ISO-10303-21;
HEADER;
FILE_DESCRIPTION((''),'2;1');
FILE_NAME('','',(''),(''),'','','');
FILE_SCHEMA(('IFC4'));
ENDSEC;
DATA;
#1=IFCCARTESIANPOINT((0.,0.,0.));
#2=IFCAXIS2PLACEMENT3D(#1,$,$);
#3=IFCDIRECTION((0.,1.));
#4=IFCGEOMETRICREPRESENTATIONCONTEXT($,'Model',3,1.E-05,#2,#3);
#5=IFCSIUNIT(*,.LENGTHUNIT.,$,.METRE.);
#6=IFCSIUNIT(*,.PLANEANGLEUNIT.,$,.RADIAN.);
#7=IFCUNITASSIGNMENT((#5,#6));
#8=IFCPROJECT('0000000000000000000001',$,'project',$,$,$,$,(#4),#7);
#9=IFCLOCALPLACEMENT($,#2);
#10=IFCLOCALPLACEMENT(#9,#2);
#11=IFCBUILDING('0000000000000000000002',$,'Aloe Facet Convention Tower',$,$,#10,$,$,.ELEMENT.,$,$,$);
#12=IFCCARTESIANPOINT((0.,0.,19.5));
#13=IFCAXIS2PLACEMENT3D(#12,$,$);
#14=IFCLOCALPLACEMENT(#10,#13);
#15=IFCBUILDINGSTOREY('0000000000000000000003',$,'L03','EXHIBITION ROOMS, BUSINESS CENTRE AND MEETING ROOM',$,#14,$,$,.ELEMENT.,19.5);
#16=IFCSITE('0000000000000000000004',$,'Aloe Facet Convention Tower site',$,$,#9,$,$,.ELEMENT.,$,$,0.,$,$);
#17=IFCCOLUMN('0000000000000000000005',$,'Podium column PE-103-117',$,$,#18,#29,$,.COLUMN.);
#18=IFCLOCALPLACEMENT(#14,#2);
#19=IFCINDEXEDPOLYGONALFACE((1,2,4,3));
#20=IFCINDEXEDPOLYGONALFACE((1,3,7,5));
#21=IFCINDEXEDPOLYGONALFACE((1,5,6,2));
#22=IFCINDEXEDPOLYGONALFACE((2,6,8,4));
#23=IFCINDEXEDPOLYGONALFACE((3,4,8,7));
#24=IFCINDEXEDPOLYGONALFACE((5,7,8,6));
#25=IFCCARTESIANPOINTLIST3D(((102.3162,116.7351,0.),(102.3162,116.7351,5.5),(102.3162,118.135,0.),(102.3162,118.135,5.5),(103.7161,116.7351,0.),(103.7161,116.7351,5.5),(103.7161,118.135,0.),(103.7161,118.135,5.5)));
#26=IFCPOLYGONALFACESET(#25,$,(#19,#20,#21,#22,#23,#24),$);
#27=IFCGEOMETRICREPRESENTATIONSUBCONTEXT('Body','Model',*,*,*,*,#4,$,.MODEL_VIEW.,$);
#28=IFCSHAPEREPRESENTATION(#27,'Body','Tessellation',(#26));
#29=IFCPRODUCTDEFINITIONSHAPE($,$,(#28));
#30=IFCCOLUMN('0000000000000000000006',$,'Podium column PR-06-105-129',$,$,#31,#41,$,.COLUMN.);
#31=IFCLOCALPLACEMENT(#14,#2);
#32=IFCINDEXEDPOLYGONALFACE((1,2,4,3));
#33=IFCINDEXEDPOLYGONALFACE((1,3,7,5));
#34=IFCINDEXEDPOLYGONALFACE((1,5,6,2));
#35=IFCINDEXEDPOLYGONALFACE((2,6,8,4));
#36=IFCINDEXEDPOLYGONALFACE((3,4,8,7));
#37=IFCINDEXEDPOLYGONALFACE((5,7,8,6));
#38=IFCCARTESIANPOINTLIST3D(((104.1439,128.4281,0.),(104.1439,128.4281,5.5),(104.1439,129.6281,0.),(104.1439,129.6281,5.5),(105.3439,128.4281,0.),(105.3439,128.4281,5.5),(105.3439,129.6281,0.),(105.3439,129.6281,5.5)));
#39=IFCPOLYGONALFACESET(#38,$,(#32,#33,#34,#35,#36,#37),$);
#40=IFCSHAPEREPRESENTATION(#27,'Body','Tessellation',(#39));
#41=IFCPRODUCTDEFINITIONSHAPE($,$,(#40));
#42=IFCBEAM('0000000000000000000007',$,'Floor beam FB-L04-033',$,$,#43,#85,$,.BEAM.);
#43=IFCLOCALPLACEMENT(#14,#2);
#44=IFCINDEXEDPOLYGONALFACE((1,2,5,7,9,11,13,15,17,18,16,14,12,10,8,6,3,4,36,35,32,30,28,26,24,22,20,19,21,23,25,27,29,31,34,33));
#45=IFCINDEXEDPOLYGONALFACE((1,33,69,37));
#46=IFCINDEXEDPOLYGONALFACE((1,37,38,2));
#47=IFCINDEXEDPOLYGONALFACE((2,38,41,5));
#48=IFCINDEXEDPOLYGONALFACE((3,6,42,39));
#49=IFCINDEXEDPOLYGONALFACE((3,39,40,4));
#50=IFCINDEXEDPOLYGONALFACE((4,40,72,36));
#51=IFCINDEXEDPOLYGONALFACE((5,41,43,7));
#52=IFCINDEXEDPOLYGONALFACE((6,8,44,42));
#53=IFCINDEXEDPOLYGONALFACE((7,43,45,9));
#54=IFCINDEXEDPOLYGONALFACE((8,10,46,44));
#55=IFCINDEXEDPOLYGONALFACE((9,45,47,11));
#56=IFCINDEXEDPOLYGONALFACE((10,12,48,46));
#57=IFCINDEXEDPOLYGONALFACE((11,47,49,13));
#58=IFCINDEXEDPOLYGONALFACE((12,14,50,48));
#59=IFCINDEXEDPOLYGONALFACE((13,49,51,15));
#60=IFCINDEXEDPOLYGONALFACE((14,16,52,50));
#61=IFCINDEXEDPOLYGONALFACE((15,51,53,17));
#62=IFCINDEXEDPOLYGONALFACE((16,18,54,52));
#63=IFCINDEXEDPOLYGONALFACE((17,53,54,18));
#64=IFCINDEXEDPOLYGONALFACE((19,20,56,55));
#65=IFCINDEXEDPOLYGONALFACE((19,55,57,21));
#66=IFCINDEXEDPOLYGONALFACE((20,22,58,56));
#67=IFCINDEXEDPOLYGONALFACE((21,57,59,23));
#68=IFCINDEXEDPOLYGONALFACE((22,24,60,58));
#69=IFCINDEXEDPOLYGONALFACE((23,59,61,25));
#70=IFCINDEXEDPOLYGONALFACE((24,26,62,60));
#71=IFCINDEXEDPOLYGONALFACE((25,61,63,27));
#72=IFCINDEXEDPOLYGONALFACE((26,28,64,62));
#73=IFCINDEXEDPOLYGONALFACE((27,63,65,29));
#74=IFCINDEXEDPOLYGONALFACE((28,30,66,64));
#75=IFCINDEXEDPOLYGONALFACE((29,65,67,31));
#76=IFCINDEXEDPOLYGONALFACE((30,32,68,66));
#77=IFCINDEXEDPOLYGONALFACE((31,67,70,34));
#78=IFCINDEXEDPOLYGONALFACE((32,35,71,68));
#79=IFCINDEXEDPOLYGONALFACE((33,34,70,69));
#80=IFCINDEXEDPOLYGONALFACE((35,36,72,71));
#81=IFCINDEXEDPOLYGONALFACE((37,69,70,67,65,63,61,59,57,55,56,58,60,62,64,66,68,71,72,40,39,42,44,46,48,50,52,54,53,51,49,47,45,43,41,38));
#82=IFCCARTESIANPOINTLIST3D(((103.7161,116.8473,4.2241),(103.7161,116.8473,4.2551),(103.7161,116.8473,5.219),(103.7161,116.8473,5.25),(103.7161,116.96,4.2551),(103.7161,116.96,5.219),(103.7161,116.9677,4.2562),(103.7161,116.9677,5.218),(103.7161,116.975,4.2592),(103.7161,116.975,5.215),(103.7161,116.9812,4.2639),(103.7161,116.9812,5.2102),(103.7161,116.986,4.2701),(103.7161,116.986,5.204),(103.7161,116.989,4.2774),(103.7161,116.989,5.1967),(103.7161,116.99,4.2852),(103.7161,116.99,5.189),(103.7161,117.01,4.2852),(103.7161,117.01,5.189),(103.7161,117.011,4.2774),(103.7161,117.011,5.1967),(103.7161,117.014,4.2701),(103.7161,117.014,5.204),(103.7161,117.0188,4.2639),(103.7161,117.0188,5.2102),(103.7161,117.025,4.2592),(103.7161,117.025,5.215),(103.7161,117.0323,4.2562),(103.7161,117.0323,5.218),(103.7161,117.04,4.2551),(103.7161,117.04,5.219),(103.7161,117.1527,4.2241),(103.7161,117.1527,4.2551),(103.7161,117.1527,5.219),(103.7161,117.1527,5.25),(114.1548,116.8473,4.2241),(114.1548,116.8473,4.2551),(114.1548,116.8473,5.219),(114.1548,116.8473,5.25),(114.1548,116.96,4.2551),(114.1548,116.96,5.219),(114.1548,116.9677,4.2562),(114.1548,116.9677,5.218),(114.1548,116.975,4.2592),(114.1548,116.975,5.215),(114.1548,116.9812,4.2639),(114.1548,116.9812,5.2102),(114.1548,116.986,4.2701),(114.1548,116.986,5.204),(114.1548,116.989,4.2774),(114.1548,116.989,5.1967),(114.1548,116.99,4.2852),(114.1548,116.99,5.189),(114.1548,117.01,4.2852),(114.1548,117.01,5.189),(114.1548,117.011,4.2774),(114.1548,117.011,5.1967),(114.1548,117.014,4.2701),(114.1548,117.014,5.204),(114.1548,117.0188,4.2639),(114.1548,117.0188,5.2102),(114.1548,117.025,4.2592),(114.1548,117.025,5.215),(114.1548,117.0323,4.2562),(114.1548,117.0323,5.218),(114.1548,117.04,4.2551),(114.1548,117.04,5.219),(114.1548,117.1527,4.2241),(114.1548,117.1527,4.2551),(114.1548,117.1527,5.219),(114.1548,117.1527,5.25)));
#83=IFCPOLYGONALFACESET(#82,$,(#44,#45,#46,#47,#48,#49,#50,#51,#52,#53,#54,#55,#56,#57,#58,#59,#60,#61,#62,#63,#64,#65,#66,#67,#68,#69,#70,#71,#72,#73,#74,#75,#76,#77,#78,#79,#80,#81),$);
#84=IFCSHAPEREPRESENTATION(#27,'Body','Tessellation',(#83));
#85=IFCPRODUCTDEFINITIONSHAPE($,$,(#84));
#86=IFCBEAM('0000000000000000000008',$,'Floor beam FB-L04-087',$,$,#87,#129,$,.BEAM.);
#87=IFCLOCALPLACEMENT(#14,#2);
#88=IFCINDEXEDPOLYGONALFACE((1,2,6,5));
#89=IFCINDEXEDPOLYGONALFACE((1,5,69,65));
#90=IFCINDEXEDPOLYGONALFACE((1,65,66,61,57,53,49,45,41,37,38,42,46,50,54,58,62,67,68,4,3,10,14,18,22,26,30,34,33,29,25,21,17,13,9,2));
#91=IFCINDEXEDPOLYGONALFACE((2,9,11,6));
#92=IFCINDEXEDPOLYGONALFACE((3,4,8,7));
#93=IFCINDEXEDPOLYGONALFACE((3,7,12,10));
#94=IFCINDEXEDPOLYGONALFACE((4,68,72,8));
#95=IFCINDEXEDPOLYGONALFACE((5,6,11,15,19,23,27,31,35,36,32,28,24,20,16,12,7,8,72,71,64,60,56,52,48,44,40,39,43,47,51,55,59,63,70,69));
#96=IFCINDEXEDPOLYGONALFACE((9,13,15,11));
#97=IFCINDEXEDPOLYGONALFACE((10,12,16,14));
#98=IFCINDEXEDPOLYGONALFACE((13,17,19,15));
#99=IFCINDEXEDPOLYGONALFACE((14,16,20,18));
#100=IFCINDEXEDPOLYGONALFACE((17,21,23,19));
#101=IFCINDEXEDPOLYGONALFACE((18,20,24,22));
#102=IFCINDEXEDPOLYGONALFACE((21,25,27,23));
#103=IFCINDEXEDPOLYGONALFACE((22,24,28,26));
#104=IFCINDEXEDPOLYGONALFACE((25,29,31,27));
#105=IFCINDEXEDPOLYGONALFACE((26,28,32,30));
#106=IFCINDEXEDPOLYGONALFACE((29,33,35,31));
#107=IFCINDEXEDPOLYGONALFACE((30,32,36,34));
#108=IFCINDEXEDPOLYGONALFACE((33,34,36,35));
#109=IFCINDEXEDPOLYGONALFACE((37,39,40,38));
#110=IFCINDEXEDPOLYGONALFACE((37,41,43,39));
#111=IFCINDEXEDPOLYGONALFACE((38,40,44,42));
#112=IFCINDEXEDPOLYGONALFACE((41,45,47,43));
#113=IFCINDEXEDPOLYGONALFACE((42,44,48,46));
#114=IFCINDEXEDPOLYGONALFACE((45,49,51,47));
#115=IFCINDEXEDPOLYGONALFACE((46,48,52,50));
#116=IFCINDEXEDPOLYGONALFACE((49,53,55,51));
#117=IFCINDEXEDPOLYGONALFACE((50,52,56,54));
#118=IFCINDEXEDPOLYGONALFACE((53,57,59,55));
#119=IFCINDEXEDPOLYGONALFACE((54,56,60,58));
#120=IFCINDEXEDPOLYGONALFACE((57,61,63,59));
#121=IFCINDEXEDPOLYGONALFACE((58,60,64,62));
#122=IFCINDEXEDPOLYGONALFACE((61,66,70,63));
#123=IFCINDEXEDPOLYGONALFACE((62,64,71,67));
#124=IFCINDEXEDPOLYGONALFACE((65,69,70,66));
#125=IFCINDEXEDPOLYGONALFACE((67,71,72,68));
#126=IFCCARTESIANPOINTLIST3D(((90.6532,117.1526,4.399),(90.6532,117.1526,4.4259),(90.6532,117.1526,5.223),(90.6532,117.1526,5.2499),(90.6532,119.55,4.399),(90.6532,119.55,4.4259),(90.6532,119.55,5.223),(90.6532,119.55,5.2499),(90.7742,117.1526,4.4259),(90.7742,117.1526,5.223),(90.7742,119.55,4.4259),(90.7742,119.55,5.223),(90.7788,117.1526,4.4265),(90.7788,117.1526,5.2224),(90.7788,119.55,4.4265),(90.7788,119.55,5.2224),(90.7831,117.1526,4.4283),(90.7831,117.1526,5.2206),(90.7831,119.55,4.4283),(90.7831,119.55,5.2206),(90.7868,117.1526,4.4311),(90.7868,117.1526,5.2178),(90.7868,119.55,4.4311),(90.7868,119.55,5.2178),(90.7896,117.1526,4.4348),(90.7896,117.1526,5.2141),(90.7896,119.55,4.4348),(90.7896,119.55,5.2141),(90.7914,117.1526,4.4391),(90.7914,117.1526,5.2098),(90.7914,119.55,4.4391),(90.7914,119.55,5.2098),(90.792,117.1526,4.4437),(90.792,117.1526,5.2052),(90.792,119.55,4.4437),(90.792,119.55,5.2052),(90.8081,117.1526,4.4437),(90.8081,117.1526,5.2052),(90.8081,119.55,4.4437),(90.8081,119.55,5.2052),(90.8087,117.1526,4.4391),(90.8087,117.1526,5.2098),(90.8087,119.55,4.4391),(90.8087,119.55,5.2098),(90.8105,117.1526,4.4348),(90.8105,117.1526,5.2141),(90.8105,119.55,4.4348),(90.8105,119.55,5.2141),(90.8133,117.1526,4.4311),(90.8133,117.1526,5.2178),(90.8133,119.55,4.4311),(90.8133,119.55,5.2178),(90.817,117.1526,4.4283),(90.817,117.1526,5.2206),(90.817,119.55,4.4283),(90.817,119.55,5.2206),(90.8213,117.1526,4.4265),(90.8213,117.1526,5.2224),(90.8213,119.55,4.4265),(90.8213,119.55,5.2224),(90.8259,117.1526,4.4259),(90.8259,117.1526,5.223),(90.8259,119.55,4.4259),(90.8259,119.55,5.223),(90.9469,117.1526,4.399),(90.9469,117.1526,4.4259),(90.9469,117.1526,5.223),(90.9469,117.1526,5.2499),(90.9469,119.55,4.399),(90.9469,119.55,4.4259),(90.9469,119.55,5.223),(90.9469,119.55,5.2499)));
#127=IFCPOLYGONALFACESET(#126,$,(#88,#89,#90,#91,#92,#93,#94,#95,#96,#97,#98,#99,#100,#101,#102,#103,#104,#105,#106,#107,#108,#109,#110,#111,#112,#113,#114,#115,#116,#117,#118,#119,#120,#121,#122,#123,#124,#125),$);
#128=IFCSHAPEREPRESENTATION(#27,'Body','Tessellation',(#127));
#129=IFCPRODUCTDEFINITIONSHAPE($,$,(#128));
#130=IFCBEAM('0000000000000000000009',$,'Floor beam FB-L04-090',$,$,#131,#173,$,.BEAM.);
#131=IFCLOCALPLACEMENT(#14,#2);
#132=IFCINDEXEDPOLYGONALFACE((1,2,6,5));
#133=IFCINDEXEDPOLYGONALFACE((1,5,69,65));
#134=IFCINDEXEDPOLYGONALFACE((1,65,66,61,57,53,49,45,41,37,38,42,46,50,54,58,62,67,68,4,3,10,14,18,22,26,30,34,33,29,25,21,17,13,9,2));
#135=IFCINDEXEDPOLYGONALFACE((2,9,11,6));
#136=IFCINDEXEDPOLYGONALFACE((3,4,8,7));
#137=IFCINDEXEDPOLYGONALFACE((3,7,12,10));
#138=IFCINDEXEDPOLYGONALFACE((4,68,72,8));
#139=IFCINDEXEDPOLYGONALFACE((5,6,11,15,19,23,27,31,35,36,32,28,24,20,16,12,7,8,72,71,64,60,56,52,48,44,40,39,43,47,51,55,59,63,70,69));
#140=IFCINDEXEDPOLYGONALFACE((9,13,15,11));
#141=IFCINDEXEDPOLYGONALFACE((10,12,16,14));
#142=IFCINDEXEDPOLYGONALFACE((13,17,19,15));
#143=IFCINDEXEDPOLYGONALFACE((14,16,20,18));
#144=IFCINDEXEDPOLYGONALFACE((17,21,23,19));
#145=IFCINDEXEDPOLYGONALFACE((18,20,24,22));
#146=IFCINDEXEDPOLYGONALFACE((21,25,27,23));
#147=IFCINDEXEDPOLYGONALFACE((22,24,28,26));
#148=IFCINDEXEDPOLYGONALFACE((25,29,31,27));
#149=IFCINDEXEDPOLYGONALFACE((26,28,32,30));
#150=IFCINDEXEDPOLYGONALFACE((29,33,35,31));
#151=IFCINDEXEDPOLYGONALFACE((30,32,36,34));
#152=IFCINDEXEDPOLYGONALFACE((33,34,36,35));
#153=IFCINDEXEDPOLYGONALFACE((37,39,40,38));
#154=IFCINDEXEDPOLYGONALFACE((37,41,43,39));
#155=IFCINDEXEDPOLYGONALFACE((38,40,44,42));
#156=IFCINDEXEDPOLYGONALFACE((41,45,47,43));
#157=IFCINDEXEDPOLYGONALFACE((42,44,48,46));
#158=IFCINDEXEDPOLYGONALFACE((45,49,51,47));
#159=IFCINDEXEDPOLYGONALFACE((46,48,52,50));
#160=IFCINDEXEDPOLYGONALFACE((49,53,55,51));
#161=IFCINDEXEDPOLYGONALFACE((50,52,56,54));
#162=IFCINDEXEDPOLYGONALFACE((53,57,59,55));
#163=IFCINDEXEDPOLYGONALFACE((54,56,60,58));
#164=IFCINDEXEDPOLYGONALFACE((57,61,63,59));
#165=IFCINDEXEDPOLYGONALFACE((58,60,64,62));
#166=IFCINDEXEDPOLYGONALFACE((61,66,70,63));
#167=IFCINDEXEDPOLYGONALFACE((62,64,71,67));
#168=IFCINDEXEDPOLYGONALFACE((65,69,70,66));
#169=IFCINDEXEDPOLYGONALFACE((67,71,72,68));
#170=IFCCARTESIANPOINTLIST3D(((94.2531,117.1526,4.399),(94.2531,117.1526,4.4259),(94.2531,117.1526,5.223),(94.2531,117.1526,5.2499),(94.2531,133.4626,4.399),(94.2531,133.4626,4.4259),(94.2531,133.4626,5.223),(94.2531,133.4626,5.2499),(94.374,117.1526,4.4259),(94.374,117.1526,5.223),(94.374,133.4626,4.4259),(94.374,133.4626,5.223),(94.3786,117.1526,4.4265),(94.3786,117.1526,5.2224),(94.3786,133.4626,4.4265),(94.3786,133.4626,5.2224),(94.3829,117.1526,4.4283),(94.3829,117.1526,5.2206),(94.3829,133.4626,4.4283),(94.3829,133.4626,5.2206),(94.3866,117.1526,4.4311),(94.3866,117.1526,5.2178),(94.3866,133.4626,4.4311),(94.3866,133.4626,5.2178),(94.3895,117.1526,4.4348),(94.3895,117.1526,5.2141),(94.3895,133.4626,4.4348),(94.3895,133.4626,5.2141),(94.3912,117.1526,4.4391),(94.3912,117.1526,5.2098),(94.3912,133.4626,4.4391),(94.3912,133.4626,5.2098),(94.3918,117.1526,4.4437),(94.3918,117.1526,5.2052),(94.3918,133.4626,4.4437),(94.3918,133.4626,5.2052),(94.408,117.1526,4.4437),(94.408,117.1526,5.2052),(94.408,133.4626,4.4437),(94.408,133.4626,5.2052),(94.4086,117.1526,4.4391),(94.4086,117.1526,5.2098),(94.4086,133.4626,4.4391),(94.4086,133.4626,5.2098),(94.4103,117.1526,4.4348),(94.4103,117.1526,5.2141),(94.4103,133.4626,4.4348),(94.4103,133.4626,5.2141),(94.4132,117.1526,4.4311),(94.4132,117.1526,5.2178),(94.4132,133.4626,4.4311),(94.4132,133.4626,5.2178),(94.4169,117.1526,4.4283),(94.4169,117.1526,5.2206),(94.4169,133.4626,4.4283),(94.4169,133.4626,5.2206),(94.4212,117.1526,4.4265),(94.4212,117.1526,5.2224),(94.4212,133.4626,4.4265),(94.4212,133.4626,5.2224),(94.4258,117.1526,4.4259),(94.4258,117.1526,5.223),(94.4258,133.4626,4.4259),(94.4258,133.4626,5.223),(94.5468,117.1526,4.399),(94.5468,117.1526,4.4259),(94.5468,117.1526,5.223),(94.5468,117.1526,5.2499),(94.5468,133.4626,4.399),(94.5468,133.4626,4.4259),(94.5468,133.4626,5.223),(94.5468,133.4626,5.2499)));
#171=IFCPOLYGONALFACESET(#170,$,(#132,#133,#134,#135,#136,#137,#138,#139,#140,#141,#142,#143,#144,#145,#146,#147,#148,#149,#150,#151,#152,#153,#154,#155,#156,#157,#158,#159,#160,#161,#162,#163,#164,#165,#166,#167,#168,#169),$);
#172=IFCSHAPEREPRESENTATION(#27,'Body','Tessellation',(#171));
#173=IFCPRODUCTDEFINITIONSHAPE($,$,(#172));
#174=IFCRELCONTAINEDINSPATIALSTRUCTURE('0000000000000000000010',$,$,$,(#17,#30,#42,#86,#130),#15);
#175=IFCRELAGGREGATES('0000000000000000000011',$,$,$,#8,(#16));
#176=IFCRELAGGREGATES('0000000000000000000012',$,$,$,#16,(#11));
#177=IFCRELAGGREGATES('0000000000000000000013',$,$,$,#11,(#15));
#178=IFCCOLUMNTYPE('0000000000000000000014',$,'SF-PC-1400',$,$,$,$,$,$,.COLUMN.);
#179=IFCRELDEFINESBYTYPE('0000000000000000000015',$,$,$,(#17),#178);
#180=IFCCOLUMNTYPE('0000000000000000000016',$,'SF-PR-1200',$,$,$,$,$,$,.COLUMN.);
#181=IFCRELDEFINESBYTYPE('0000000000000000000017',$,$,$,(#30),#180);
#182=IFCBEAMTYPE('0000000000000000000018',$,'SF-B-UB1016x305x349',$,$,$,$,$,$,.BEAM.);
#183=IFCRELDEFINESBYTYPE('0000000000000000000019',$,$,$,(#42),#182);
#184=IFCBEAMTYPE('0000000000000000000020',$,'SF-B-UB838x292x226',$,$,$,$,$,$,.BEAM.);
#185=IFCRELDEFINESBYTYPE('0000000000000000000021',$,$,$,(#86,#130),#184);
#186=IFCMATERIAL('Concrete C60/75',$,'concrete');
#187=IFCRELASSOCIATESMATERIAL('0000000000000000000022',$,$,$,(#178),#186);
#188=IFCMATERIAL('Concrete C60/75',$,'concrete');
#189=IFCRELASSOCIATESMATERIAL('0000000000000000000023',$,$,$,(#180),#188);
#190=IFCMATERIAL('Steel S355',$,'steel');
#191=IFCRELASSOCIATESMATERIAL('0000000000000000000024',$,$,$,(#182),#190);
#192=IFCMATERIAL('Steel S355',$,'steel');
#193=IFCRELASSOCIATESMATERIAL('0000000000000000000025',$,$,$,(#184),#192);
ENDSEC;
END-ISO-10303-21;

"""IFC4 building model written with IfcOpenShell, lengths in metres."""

from ifc_helpers import new_model, si_unit, direction, frame, origin, origin_2d, place, context, subcontext, project, spatial, rectangle, i_section, extrude, material, material_profile, profile_set, type_object, element, save


model = new_model("IFC4")

# Units and contexts
model_context = context("Model", 3, precision=1e-05, world=origin(), true_north=direction((0.0, 1.0)))
body_context = subcontext(model_context, "Body", "Model", "MODEL_VIEW")
ifc_project = project(units=[si_unit("LENGTHUNIT", "METRE"), si_unit("PLANEANGLEUNIT", "RADIAN")], contexts=[model_context])

# Site, building, storey
site_placement = place(None, origin())
site = spatial("IfcSite", under=ifc_project, at=site_placement, Name="Aloe Facet Convention Tower site", CompositionType="ELEMENT", RefElevation=0.0)
building_placement = place(site_placement, origin())
building = spatial("IfcBuilding", under=site, at=building_placement, Name="Aloe Facet Convention Tower", CompositionType="ELEMENT")
storey_placement = place(building_placement, frame((0.0, 0.0, 19.5)))
storey = spatial("IfcBuildingStorey", under=building, at=storey_placement, Name="L03", Description="EXHIBITION ROOMS, BUSINESS CENTRE AND MEETING ROOM", CompositionType="ELEMENT", Elevation=19.5)

# Columns
ifc_material_1 = material(Name="Concrete C60/75", Category="concrete")
ifc_material_profile_1 = material_profile(ifc_material_1, rectangle(XDim=1.3999, YDim=1.3999, at=origin_2d()), Name="SF-PC-1400")
ifc_profile_set_1 = profile_set([ifc_material_profile_1], Name="Concrete C60/75")
column_type_1 = type_object("IfcColumnType", Name="SF-PC-1400", PredefinedType="COLUMN", material=ifc_profile_set_1)
column_1_placement = place(storey_placement, frame((103.0161, 117.4351, 0.0), z_axis=(0.0, 0.0, 1.0), x_axis=(1.0, 0.0, 0.0)))
element("IfcColumn", 1, at=column_1_placement, inside=storey, type_object=column_type_1, Name="Podium column PE-103-117", PredefinedType="COLUMN", context=body_context, shape_type="SweptSolid", body=[
    extrude(rectangle(XDim=1.3999, YDim=1.3999, at=origin_2d()), origin(), (0.0, 0.0, 1.0), 5.5),
])
ifc_material_2 = material(Name="Concrete C60/75", Category="concrete")
ifc_material_profile_2 = material_profile(ifc_material_2, rectangle(XDim=1.2, YDim=1.2, at=origin_2d()), Name="SF-PR-1200")
ifc_profile_set_2 = profile_set([ifc_material_profile_2], Name="Concrete C60/75")
column_type_2 = type_object("IfcColumnType", Name="SF-PR-1200", PredefinedType="COLUMN", material=ifc_profile_set_2)
column_2_placement = place(storey_placement, frame((104.7439, 129.0281, 0.0), z_axis=(0.0, 0.0, 1.0), x_axis=(1.0, 0.0, 0.0)))
element("IfcColumn", 2, at=column_2_placement, inside=storey, type_object=column_type_2, Name="Podium column PR-06-105-129", PredefinedType="COLUMN", context=body_context, shape_type="SweptSolid", body=[
    extrude(rectangle(XDim=1.2, YDim=1.2, at=origin_2d()), origin(), (0.0, 0.0, 1.0), 5.5),
])

# Beams
ifc_material_3 = material(Name="Steel S355", Category="steel")
ifc_material_profile_3 = material_profile(ifc_material_3, i_section(OverallWidth=0.3054, OverallDepth=1.0259, WebThickness=0.02, FlangeThickness=0.031, FilletRadius=0.03, at=origin_2d()), Name="UB 1016x305x349")
ifc_profile_set_3 = profile_set([ifc_material_profile_3], Name="Steel S355")
beam_type_1 = type_object("IfcBeamType", Name="SF-B-UB1016x305x349", PredefinedType="BEAM", material=ifc_profile_set_3)
beam_1_placement = place(storey_placement, frame((103.7161, 117.0, 4.7371), z_axis=(1.0, 0.0, 0.0), x_axis=(0.0, 1.0, 0.0)))
element("IfcBeam", 3, at=beam_1_placement, inside=storey, type_object=beam_type_1, Name="Floor beam FB-L04-033", PredefinedType="BEAM", context=body_context, shape_type="SweptSolid", body=[
    extrude(i_section(OverallWidth=0.3054, OverallDepth=1.0259, WebThickness=0.02, FlangeThickness=0.031, FilletRadius=0.03, at=origin_2d()), origin(), (0.0, 0.0, 1.0), 10.4387),
])
ifc_material_4 = material(Name="Steel S355", Category="steel")
ifc_material_profile_4 = material_profile(ifc_material_4, i_section(OverallWidth=0.2937, OverallDepth=0.8508, WebThickness=0.0161, FlangeThickness=0.0269, FilletRadius=0.0178, at=origin_2d()), Name="UB 838x292x226")
ifc_profile_set_4 = profile_set([ifc_material_profile_4], Name="Steel S355")
beam_type_2 = type_object("IfcBeamType", Name="SF-B-UB838x292x226", PredefinedType="BEAM", material=ifc_profile_set_4)
beam_2_placement = place(storey_placement, frame((90.8, 117.1526, 4.8245), z_axis=(0.0, 1.0, 0.0), x_axis=(-1.0, 0.0, 0.0)))
element("IfcBeam", 4, at=beam_2_placement, inside=storey, type_object=beam_type_2, Name="Floor beam FB-L04-087", PredefinedType="BEAM", context=body_context, shape_type="SweptSolid", body=[
    extrude(i_section(OverallWidth=0.2937, OverallDepth=0.8508, WebThickness=0.0161, FlangeThickness=0.0269, FilletRadius=0.0178, at=origin_2d()), origin(), (0.0, 0.0, 1.0), 2.3975),
])
for number, where, z_axis, x_axis, name in (
    (5, (94.3999, 117.1526, 4.8245), (0.0, 1.0, 0.0), (-1.0, 0.0, 0.0), "Floor beam FB-L04-090"),
):
    element("IfcBeam", number, at=place(storey_placement, frame(where, z_axis=z_axis, x_axis=x_axis)), inside=storey, type_object=beam_type_2, Name=name, PredefinedType="BEAM", context=body_context, shape_type="SweptSolid", body=[
        extrude(i_section(OverallWidth=0.2937, OverallDepth=0.8508, WebThickness=0.0161, FlangeThickness=0.0269, FilletRadius=0.0178, at=origin_2d()), origin(), (0.0, 0.0, 1.0), 16.3101),
    ])

save(model, "model.ifc")
